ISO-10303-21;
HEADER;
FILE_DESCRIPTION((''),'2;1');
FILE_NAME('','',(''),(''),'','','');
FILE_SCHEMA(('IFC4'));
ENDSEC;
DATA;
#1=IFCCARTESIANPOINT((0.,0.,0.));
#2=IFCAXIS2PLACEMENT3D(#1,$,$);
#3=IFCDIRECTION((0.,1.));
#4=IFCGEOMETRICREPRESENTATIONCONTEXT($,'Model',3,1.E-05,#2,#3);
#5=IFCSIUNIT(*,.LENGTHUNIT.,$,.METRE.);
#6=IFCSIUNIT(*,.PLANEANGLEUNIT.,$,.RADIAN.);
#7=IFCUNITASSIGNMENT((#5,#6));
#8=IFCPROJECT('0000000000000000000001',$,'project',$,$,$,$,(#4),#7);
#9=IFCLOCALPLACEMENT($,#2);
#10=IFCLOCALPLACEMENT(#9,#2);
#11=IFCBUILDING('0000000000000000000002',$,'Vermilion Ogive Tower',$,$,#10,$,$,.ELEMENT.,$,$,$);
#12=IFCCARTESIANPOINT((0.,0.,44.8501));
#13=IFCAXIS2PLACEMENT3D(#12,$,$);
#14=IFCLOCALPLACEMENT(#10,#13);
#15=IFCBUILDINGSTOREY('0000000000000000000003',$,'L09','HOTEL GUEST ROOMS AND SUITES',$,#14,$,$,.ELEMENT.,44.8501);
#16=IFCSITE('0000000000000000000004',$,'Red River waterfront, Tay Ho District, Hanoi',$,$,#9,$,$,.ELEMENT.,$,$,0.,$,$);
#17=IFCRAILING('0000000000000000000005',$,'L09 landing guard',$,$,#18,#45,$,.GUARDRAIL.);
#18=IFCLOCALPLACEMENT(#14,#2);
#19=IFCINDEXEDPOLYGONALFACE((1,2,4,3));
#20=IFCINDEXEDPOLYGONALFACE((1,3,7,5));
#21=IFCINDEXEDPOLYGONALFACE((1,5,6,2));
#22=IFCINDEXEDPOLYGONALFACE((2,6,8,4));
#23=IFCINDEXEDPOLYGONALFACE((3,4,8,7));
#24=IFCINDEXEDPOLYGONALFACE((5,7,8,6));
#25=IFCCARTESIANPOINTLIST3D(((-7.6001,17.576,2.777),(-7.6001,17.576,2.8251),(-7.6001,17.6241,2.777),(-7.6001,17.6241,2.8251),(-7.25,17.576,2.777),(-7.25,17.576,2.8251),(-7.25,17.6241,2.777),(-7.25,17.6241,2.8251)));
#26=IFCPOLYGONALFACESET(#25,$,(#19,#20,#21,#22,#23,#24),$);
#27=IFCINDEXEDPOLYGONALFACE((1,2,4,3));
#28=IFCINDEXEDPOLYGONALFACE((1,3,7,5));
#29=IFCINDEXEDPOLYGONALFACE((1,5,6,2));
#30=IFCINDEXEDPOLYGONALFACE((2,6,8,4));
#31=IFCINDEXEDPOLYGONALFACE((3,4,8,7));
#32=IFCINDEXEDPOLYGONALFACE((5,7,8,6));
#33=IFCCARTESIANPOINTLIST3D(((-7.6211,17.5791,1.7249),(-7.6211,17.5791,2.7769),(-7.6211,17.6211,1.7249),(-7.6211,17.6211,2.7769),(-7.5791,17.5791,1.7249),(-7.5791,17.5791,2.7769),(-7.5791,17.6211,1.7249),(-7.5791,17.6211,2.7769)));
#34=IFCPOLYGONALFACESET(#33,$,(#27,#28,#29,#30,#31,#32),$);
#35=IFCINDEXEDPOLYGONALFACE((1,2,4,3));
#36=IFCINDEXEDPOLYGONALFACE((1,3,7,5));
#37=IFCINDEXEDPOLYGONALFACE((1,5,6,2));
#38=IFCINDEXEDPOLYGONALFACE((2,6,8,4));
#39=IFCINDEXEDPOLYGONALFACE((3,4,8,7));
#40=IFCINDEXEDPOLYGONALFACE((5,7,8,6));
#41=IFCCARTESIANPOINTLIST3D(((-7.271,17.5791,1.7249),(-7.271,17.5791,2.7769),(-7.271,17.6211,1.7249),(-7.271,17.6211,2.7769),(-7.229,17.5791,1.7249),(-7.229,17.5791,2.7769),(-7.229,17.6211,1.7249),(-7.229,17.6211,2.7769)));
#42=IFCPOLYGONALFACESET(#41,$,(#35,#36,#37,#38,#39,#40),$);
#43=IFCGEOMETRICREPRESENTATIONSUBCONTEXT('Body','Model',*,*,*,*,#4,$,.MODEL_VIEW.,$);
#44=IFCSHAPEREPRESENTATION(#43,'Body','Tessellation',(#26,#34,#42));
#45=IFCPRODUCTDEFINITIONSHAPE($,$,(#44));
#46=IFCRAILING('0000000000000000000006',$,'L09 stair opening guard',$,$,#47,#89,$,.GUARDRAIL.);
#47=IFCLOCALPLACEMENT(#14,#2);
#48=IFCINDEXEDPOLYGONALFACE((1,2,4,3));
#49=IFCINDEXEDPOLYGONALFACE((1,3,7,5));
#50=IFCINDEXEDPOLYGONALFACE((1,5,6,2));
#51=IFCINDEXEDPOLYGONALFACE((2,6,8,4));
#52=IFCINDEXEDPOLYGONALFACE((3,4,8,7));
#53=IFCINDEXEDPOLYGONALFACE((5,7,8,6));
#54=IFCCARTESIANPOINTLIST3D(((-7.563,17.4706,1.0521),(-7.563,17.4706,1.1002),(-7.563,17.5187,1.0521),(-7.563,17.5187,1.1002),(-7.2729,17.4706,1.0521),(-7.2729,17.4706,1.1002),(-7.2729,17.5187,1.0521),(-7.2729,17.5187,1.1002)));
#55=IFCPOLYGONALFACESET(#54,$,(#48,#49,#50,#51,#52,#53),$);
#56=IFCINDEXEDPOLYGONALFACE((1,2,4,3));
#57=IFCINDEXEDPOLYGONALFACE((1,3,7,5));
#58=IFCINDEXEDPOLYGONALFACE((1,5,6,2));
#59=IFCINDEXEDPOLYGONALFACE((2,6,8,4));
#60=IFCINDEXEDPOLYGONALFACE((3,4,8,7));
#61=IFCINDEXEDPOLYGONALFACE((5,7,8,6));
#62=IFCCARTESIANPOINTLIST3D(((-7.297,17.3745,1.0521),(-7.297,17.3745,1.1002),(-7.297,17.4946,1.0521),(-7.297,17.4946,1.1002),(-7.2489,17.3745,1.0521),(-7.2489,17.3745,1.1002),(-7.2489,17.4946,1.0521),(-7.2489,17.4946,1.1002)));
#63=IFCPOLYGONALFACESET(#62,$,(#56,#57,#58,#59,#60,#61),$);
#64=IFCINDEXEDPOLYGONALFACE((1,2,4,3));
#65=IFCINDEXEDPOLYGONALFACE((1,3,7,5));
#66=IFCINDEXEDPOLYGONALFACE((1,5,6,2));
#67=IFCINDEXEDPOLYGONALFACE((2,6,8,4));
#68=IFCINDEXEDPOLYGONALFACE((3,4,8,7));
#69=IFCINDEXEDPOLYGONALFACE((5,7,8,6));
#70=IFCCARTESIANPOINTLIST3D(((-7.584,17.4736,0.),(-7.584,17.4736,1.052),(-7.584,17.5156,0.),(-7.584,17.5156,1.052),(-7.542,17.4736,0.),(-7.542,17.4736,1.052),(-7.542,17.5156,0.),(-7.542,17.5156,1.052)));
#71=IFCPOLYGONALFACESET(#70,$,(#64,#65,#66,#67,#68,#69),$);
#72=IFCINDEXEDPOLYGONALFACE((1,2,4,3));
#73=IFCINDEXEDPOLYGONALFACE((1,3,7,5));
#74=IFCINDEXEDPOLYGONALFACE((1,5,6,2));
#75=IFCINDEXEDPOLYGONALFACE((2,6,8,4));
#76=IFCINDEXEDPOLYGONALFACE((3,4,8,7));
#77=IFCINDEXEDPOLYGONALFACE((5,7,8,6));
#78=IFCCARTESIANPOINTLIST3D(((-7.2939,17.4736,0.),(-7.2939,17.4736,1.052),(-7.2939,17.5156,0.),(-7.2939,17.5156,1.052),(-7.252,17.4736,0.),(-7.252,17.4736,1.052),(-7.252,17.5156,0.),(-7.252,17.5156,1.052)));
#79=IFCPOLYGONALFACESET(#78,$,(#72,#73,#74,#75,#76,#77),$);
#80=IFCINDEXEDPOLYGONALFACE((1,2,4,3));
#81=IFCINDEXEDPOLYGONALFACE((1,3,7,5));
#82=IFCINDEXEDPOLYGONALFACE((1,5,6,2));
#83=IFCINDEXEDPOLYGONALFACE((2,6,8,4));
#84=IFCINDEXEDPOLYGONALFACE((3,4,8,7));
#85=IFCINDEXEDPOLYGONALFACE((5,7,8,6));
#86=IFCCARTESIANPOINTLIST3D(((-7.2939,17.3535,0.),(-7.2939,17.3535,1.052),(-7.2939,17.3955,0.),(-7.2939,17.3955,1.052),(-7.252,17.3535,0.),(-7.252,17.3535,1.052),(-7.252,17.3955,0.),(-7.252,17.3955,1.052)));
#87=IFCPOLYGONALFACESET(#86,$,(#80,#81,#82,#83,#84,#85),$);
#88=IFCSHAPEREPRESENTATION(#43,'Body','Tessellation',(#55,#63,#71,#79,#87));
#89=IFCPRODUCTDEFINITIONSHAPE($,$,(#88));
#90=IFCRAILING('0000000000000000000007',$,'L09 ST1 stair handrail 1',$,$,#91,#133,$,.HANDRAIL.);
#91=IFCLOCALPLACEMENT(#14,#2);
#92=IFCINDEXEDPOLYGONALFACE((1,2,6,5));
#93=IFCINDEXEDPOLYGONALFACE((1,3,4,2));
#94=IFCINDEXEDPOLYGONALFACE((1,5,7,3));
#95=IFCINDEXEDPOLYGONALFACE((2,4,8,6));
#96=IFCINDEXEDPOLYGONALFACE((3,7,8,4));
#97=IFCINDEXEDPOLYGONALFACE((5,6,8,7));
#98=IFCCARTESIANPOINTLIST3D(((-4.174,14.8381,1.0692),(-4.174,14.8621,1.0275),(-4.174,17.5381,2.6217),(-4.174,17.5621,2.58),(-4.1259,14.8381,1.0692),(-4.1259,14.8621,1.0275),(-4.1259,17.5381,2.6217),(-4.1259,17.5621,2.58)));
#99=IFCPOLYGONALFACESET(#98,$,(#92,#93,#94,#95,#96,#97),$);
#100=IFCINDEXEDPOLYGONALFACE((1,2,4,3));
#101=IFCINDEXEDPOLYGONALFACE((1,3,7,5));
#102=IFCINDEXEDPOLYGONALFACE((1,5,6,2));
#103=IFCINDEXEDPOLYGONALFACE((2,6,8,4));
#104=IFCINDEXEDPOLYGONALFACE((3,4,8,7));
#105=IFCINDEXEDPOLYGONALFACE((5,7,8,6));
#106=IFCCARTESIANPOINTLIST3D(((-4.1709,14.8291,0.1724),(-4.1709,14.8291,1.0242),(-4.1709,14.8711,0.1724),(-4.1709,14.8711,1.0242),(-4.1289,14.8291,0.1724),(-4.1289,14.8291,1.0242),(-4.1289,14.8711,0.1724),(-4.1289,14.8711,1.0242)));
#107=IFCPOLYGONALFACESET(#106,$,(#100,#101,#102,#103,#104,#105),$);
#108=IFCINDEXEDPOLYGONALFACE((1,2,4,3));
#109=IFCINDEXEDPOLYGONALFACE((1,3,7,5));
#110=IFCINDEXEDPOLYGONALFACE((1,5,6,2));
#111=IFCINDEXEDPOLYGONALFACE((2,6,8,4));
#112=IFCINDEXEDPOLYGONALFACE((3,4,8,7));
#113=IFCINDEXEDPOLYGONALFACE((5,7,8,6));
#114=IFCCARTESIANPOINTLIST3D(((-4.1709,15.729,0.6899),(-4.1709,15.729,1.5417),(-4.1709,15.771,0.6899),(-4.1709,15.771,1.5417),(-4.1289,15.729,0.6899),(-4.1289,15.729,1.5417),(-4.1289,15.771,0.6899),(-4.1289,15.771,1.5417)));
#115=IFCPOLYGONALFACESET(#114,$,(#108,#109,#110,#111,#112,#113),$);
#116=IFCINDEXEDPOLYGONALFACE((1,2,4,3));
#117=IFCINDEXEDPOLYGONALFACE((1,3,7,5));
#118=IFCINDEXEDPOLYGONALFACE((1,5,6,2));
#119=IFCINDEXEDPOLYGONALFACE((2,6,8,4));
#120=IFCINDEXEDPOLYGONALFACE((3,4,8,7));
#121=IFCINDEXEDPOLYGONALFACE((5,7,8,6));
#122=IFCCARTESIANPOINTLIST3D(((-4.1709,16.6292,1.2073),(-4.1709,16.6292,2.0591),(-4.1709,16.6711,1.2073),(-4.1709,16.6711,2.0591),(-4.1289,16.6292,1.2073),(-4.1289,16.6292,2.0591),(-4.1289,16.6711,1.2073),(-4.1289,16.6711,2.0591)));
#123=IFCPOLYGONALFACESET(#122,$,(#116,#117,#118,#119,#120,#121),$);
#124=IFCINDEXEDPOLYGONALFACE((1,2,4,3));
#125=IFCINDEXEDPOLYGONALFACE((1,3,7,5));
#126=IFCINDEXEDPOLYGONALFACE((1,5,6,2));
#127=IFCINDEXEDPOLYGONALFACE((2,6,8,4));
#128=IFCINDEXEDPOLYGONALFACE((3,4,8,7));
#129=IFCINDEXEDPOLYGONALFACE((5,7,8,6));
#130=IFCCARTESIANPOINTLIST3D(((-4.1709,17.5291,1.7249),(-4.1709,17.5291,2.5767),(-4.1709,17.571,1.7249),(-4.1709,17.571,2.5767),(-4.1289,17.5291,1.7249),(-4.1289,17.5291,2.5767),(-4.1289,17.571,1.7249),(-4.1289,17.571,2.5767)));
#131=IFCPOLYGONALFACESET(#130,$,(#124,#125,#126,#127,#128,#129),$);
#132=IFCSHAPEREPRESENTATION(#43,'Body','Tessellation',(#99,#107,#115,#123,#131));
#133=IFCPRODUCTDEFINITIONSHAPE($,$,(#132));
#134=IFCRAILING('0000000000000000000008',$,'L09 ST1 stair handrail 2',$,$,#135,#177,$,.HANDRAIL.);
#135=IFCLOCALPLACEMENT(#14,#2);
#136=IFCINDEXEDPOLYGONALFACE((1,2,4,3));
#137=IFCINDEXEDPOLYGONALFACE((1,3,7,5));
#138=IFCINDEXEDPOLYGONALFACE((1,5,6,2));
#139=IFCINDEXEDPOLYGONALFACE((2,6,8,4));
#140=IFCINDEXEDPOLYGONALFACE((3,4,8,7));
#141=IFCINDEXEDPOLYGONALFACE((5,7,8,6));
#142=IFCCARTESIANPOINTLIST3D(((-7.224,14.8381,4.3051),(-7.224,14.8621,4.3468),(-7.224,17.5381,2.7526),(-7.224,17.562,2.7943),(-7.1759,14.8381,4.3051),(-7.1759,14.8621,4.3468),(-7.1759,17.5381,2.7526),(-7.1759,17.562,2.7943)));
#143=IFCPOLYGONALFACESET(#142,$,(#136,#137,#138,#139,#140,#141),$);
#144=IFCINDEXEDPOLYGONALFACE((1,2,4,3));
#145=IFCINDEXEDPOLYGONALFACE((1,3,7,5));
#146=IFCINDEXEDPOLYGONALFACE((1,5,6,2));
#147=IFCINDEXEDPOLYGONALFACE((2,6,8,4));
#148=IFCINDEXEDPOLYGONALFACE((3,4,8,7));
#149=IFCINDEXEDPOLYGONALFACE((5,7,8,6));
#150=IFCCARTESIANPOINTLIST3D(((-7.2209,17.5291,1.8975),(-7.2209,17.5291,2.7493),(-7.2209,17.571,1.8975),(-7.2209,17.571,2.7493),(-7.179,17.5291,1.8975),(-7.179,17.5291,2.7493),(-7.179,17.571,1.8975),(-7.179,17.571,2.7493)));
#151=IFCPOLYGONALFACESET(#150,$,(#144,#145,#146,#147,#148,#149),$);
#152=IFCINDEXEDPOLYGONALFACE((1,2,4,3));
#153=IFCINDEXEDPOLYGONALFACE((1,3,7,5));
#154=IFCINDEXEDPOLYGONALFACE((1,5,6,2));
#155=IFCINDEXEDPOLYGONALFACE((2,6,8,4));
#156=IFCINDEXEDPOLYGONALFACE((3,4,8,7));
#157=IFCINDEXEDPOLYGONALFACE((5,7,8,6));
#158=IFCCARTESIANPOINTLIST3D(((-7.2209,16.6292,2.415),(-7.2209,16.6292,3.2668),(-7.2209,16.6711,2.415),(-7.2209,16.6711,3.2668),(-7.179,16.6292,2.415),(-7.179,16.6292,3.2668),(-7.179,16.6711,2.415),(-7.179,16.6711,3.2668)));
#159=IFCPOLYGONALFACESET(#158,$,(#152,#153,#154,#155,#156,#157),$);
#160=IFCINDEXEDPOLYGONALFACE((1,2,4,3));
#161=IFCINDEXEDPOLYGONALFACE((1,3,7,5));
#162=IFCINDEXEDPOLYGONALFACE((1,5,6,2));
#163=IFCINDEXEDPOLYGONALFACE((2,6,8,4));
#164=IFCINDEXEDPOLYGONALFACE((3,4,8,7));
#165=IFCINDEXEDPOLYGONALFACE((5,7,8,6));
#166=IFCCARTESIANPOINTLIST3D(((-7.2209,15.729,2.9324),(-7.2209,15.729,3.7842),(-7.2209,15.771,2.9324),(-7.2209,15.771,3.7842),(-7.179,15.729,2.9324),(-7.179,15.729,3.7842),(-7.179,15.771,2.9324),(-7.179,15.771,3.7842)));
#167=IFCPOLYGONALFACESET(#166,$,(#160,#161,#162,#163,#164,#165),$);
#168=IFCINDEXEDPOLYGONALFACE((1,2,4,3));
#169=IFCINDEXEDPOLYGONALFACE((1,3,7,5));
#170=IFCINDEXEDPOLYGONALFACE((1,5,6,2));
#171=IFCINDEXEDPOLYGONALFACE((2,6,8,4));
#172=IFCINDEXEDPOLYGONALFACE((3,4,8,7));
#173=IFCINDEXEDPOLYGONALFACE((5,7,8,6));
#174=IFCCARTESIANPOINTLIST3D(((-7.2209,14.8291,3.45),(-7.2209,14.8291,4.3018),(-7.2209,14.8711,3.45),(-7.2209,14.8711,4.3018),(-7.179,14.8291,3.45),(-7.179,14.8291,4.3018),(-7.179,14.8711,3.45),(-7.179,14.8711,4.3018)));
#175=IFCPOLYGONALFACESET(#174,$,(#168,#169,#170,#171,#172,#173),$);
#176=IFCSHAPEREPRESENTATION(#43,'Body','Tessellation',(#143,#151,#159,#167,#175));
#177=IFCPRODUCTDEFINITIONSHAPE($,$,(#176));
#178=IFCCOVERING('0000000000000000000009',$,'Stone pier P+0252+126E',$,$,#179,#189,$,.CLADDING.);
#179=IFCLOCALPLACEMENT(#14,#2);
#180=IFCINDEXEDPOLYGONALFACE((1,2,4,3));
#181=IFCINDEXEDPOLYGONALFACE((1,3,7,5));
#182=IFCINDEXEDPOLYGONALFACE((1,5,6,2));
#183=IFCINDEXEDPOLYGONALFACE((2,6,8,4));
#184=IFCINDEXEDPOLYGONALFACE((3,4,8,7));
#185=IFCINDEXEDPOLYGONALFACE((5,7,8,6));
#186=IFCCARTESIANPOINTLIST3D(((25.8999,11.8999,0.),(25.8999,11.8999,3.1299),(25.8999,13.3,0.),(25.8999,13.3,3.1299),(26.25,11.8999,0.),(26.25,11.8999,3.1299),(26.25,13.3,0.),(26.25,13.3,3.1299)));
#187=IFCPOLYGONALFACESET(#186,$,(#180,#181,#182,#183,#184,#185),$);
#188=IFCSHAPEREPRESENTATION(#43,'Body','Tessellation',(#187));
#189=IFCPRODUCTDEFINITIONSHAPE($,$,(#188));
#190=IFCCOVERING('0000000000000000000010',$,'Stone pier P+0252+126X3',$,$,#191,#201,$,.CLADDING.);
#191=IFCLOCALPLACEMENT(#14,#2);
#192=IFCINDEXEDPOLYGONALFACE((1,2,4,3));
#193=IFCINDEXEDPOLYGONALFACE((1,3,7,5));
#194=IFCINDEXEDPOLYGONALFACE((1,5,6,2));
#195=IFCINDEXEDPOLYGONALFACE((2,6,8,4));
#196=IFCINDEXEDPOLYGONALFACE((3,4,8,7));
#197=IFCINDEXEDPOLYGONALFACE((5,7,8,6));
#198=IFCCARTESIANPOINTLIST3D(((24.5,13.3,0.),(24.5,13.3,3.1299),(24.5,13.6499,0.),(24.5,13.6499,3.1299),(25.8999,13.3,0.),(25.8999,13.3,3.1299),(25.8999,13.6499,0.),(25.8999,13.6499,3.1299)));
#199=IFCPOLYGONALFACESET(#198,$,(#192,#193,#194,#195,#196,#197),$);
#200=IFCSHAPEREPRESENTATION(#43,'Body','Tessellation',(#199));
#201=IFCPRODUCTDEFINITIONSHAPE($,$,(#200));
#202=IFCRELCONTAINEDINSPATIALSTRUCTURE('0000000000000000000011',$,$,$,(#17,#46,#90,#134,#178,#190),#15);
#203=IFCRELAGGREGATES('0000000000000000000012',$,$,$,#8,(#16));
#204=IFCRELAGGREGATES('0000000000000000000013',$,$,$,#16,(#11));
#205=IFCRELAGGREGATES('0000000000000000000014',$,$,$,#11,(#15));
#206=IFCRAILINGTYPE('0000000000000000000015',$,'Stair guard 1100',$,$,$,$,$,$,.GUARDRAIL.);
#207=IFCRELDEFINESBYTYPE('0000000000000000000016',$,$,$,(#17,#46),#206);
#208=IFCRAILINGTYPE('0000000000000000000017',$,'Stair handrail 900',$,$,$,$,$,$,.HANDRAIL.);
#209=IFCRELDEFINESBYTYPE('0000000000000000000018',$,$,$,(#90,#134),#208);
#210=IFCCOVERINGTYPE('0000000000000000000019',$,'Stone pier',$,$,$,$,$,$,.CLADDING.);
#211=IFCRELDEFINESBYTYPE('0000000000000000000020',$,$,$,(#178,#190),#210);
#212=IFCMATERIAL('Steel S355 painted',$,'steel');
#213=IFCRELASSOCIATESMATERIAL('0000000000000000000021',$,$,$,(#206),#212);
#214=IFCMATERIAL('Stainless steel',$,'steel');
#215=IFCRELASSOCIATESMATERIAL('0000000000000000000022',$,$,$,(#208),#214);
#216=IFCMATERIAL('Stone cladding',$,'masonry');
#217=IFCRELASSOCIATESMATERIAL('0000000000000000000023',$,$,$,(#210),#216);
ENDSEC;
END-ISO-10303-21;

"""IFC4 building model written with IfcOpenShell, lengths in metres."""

from ifc_helpers import new_model, si_unit, direction, frame, origin, origin_2d, place, context, subcontext, project, spatial, polyline, rectangle, outline, extrude, material, type_object, element, save


model = new_model("IFC4")

# Units and contexts
model_context = context("Model", 3, precision=1e-05, world=origin(), true_north=direction((0.0, 1.0)))
body_context = subcontext(model_context, "Body", "Model", "MODEL_VIEW")
ifc_project = project(units=[si_unit("LENGTHUNIT", "METRE"), si_unit("PLANEANGLEUNIT", "RADIAN")], contexts=[model_context])

# Site, building, storey
site_placement = place(None, origin())
site = spatial("IfcSite", under=ifc_project, at=site_placement, Name="Red River waterfront, Tay Ho District, Hanoi", CompositionType="ELEMENT", RefElevation=0.0)
building_placement = place(site_placement, origin())
building = spatial("IfcBuilding", under=site, at=building_placement, Name="Vermilion Ogive Tower", CompositionType="ELEMENT")
storey_placement = place(building_placement, frame((0.0, 0.0, 44.8501)))
storey = spatial("IfcBuildingStorey", under=building, at=storey_placement, Name="L09", Description="HOTEL GUEST ROOMS AND SUITES", CompositionType="ELEMENT", Elevation=44.8501)

# Railings
ifc_material_1 = material(Name="Steel S355 painted", Category="steel")
railing_type_1 = type_object("IfcRailingType", Name="Stair guard 1100", PredefinedType="GUARDRAIL", material=ifc_material_1)
railing_1_placement = place(storey_placement, frame((-7.6001, 17.6001, 1.7249)))
element("IfcRailing", 1, at=railing_1_placement, inside=storey, type_object=railing_type_1, Name="L09 landing guard", PredefinedType="GUARDRAIL", context=body_context, shape_type="SweptSolid", body=[
    extrude(rectangle(XDim=0.0481, YDim=0.0481, at=origin_2d()), frame((0.0, 0.0, 1.0762), z_axis=(1.0, 0.0, 0.0), x_axis=(0.0, 1.0, 0.0)), (0.0, 0.0, 1.0), 0.3501),
    extrude(rectangle(XDim=0.042, YDim=0.042, at=origin_2d()), origin(), (0.0, 0.0, 1.0), 1.052),
    extrude(rectangle(XDim=0.042, YDim=0.042, at=origin_2d()), frame((0.3501, 0.0, 0.0)), (0.0, 0.0, 1.0), 1.052),
])
railing_2_placement = place(storey_placement, frame((-7.563, 17.4946, 0.0)))
element("IfcRailing", 2, at=railing_2_placement, inside=storey, type_object=railing_type_1, Name="L09 stair opening guard", PredefinedType="GUARDRAIL", context=body_context, shape_type="SweptSolid", body=[
    extrude(rectangle(XDim=0.0481, YDim=0.0481, at=origin_2d()), frame((0.0, 0.0, 1.0762), z_axis=(1.0, 0.0, 0.0), x_axis=(0.0, 1.0, 0.0)), (0.0, 0.0, 1.0), 0.29),
    extrude(rectangle(XDim=0.0481, YDim=0.0481, at=origin_2d()), frame((0.29, 0.0, 1.0762), z_axis=(0.0, -1.0, 0.0), x_axis=(1.0, 0.0, 0.0)), (0.0, 0.0, 1.0), 0.1201),
    extrude(rectangle(XDim=0.042, YDim=0.042, at=origin_2d()), origin(), (0.0, 0.0, 1.0), 1.052),
    extrude(rectangle(XDim=0.042, YDim=0.042, at=origin_2d()), frame((0.29, 0.0, 0.0)), (0.0, 0.0, 1.0), 1.052),
    extrude(rectangle(XDim=0.042, YDim=0.042, at=origin_2d()), frame((0.29, -0.1201, 0.0)), (0.0, 0.0, 1.0), 1.052),
])
ifc_material_2 = material(Name="Stainless steel", Category="steel")
railing_type_2 = type_object("IfcRailingType", Name="Stair handrail 900", PredefinedType="HANDRAIL", material=ifc_material_2)
railing_3_placement = place(storey_placement, frame((-4.1499, 14.8501, 0.1724)))
element("IfcRailing", 3, at=railing_3_placement, inside=storey, type_object=railing_type_2, Name="L09 ST1 stair handrail 1", PredefinedType="HANDRAIL", context=body_context, shape_type="SweptSolid", body=[
    extrude(rectangle(XDim=0.0481, YDim=0.0481, at=origin_2d()), frame((0.0, 0.0, 0.876), z_axis=(0.0, 0.866904, 0.498476), x_axis=(-1.0, 0.0, 0.0)), (0.0, 0.0, 1.0), 3.1145),
    extrude(rectangle(XDim=0.042, YDim=0.042, at=origin_2d()), origin(), (0.0, 0.0, 1.0), 0.8518),
    extrude(rectangle(XDim=0.042, YDim=0.042, at=origin_2d()), frame((0.0, 0.8999, 0.5176)), (0.0, 0.0, 1.0), 0.8518),
    extrude(rectangle(XDim=0.042, YDim=0.042, at=origin_2d()), frame((0.0, 1.8, 1.0349)), (0.0, 0.0, 1.0), 0.8518),
    extrude(rectangle(XDim=0.042, YDim=0.042, at=origin_2d()), frame((0.0, 2.7, 1.5525)), (0.0, 0.0, 1.0), 0.8518),
])
railing_4_placement = place(storey_placement, frame((-7.2, 17.55, 1.8975)))
element("IfcRailing", 4, at=railing_4_placement, inside=storey, type_object=railing_type_2, Name="L09 ST1 stair handrail 2", PredefinedType="HANDRAIL", context=body_context, shape_type="SweptSolid", body=[
    extrude(rectangle(XDim=0.0481, YDim=0.0481, at=origin_2d()), frame((0.0, 0.0, 0.876), z_axis=(0.0, -0.866904, 0.498476), x_axis=(1.0, 0.0, 0.0)), (0.0, 0.0, 1.0), 3.1145),
    extrude(rectangle(XDim=0.042, YDim=0.042, at=origin_2d()), origin(), (0.0, 0.0, 1.0), 0.8518),
    extrude(rectangle(XDim=0.042, YDim=0.042, at=origin_2d()), frame((0.0, -0.8999, 0.5176)), (0.0, 0.0, 1.0), 0.8518),
    extrude(rectangle(XDim=0.042, YDim=0.042, at=origin_2d()), frame((0.0, -1.8, 1.0349)), (0.0, 0.0, 1.0), 0.8518),
    extrude(rectangle(XDim=0.042, YDim=0.042, at=origin_2d()), frame((0.0, -2.7, 1.5525)), (0.0, 0.0, 1.0), 0.8518),
])

# Coverings
ifc_material_3 = material(Name="Stone cladding", Category="masonry")
covering_type = type_object("IfcCoveringType", Name="Stone pier", PredefinedType="CLADDING", material=ifc_material_3)
covering_1_placement = place(storey_placement, origin())
element("IfcCovering", 5, at=covering_1_placement, inside=storey, type_object=covering_type, Name="Stone pier P+0252+126E", PredefinedType="CLADDING", context=body_context, shape_type="SweptSolid", body=[
    extrude(outline(polyline([(26.25, 13.3), (26.25, 11.8999), (25.8999, 11.8999), (25.8999, 13.3), (26.25, 13.3)])), origin(), (0.0, 0.0, 1.0), 3.1299),
])
covering_2_placement = place(storey_placement, origin())
element("IfcCovering", 6, at=covering_2_placement, inside=storey, type_object=covering_type, Name="Stone pier P+0252+126X3", PredefinedType="CLADDING", context=body_context, shape_type="SweptSolid", body=[
    extrude(outline(polyline([(25.8999, 13.6499), (25.8999, 13.3), (24.5, 13.3), (24.5, 13.6499), (25.8999, 13.6499)])), origin(), (0.0, 0.0, 1.0), 3.1299),
])

save(model, "model.ifc")
